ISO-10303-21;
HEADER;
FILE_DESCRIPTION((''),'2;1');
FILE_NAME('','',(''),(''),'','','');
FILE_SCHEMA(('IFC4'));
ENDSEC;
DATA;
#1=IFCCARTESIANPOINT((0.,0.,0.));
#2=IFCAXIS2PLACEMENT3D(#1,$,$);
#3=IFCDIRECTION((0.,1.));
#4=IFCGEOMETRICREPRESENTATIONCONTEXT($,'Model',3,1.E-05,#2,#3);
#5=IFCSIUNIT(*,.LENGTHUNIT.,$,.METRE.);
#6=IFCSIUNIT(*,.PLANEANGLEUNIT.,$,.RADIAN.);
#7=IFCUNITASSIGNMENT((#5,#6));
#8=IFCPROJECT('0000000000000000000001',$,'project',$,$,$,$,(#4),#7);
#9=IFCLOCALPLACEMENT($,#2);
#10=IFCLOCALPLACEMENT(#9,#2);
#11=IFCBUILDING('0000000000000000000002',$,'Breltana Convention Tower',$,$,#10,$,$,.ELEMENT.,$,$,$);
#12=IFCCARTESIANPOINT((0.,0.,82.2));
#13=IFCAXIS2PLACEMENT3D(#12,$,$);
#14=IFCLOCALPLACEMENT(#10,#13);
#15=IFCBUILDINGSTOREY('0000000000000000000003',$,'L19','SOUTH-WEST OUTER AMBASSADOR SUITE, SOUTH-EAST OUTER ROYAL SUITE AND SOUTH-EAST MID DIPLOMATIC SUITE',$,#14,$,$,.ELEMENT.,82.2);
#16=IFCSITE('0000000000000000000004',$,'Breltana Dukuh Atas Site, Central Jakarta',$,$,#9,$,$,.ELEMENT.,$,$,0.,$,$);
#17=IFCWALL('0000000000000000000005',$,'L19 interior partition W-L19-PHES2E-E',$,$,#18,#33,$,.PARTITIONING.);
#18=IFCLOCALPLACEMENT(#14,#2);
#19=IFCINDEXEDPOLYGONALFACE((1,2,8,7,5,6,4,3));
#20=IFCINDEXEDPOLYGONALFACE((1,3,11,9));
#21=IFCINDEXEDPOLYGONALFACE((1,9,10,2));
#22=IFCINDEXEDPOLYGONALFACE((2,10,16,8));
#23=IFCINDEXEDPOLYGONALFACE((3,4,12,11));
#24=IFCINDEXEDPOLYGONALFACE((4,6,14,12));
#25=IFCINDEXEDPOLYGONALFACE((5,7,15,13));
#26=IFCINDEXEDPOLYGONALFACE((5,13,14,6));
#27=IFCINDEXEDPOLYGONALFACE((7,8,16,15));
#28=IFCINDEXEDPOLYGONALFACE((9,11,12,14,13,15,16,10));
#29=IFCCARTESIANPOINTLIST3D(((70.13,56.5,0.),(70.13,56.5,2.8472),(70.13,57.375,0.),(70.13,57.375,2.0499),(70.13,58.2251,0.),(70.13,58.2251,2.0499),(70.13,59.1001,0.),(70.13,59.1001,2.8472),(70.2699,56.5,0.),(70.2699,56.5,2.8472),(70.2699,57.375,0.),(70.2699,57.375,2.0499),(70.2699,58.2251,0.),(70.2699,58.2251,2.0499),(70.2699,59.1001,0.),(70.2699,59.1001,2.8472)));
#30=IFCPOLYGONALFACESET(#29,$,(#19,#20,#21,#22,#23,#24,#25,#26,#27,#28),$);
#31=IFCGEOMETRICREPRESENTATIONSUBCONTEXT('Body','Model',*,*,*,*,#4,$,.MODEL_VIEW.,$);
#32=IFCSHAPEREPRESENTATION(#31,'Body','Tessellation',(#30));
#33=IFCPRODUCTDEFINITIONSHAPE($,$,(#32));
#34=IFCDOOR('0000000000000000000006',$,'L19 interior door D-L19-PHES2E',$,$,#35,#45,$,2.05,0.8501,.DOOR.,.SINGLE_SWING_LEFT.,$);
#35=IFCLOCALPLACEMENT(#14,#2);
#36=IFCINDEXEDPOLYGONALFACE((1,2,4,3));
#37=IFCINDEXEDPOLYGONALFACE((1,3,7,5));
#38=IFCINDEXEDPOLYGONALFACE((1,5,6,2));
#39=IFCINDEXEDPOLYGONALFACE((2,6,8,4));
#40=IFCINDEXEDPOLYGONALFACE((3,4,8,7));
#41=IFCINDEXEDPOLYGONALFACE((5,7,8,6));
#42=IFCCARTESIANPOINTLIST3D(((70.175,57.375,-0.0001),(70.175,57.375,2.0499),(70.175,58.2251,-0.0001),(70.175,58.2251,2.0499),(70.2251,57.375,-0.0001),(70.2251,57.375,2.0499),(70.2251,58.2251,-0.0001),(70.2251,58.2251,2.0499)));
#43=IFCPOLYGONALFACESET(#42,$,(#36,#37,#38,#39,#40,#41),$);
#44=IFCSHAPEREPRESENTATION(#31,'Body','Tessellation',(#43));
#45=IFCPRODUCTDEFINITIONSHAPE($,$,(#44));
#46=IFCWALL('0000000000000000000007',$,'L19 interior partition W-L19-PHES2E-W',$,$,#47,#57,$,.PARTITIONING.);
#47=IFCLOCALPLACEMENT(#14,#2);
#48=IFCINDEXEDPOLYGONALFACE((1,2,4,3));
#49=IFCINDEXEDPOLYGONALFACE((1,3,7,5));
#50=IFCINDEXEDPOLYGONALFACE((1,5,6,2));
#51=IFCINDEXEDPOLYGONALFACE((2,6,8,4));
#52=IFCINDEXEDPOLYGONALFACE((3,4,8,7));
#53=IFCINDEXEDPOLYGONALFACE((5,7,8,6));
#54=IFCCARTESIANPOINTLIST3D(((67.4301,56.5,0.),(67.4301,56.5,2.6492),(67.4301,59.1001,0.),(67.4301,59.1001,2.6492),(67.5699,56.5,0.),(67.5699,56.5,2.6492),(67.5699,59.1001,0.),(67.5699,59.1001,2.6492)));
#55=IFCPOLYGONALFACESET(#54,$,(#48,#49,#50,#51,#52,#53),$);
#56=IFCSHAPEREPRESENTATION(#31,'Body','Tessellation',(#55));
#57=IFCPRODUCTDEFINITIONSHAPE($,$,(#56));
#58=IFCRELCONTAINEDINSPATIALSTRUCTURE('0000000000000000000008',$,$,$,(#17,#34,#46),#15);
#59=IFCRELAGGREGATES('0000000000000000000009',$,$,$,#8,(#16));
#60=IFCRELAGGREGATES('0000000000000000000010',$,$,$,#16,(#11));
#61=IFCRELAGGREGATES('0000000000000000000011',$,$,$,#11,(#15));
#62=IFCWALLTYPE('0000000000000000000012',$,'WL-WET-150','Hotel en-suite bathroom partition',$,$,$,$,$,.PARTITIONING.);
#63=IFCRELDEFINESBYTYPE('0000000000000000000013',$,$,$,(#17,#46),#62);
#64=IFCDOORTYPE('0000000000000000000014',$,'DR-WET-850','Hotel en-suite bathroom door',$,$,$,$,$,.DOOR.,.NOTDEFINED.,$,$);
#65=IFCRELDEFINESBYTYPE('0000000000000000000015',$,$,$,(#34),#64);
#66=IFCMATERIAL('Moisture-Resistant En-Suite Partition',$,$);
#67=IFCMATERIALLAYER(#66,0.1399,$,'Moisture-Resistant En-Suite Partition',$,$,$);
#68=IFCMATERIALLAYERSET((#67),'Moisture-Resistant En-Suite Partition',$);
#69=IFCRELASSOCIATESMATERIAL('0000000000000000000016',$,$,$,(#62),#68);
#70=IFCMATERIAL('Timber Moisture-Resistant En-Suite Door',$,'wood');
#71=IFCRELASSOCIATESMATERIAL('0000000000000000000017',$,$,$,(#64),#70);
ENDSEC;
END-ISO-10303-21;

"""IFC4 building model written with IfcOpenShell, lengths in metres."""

from ifc_helpers import new_model, si_unit, direction, frame, frame_2d, origin, place, context, subcontext, project, spatial, rectangle, extrude, source, transform, mapped, material, layer, layer_set, type_object, type_shapes, element, fill, save


model = new_model("IFC4")

# Units and contexts
model_context = context("Model", 3, precision=1e-05, world=origin(), true_north=direction((0.0, 1.0)))
body_context = subcontext(model_context, "Body", "Model", "MODEL_VIEW")
ifc_project = project(units=[si_unit("LENGTHUNIT", "METRE"), si_unit("PLANEANGLEUNIT", "RADIAN")], contexts=[model_context])

# Site, building, storey
site_placement = place(None, origin())
site = spatial("IfcSite", under=ifc_project, at=site_placement, Name="Breltana Dukuh Atas Site, Central Jakarta", CompositionType="ELEMENT", RefElevation=0.0)
building_placement = place(site_placement, origin())
building = spatial("IfcBuilding", under=site, at=building_placement, Name="Breltana Convention Tower", CompositionType="ELEMENT")
storey_placement = place(building_placement, frame((0.0, 0.0, 82.2)))
storey = spatial("IfcBuildingStorey", under=building, at=storey_placement, Name="L19", Description="SOUTH-WEST OUTER AMBASSADOR SUITE, SOUTH-EAST OUTER ROYAL SUITE AND SOUTH-EAST MID DIPLOMATIC SUITE", CompositionType="ELEMENT", Elevation=82.2)

# Shared definitions
ifc_material_1 = material(Name="Moisture-Resistant En-Suite Partition")
ifc_layer_1 = layer(ifc_material_1, 0.1399, Name="Moisture-Resistant En-Suite Partition")
ifc_layer_set_1 = layer_set([ifc_layer_1], Name="Moisture-Resistant En-Suite Partition")
wall_type_1 = type_object("IfcWallType", Name="WL-WET-150", Description="Hotel en-suite bathroom partition", PredefinedType="PARTITIONING", material=ifc_layer_set_1)

# Shared definitions
ifc_material_2 = material(Name="Timber Moisture-Resistant En-Suite Door", Category="wood")
door_type = type_object("IfcDoorType", Name="DR-WET-850", Description="Hotel en-suite bathroom door", OperationType="NOTDEFINED", PredefinedType="DOOR", material=ifc_material_2)
shared_shape_1 = source(origin(), body_context, "Body", "SweptSolid", [
    extrude(rectangle(XDim=0.8501, YDim=2.05, at=frame_2d((0.425, 1.0249))), frame((0.0, 0.0249, 0.0), z_axis=(0.0, -1.0, 0.0), x_axis=(1.0, 0.0, 0.0)), (0.0, 0.0, 1.0), 0.05),
])
type_shapes(door_type, [shared_shape_1])

# Wall, opening, door
shared_shape_2 = source(origin(), body_context, "Body", "SweptSolid", [
    extrude(rectangle(XDim=2.6001, YDim=0.1399, at=frame_2d((1.3, 0.0))), origin(), (0.0, 0.0, 1.0), 2.8472),
])
wall_1_placement = place(storey_placement, frame((70.2, 56.5, 0.0), z_axis=(0.0, 0.0, 1.0), x_axis=(0.0, 1.0, 0.0)))
wall_1 = element("IfcWall", 1, at=wall_1_placement, inside=storey, type_object=wall_type_1, Name="L19 interior partition W-L19-PHES2E-E", PredefinedType="PARTITIONING", context=body_context, shape_type="MappedRepresentation", body=[
    mapped(shared_shape_2, transform((0.0, 0.0, 0.0), scale=1.0)),
])
opening_1_placement = place(wall_1_placement, frame((0.875, 0.0, 0.0)))
opening_1 = element("IfcOpeningElement", 2, at=opening_1_placement, cuts=wall_1, PredefinedType="OPENING", context=body_context, shape_type="SweptSolid", body=[
    extrude(rectangle(XDim=0.8501, YDim=2.05, at=frame_2d((0.425, 1.0249))), frame((0.0, 0.0801, 0.0), z_axis=(0.0, -1.0, 0.0), x_axis=(1.0, 0.0, 0.0)), (0.0, 0.0, 1.0), 0.1599),
])
door_1_placement = place(opening_1_placement, origin())
door_1 = element("IfcDoor", 3, at=door_1_placement, inside=storey, type_object=door_type, Name="L19 interior door D-L19-PHES2E", OperationType="SINGLE_SWING_LEFT", OverallHeight=2.05, OverallWidth=0.8501, PredefinedType="DOOR", context=body_context, shape_type="MappedRepresentation", body=[
    mapped(shared_shape_1, transform((0.0, 0.0, 0.0), scale=1.0)),
])
fill(opening_1, door_1)

# Wall
shared_shape_3 = source(origin(), body_context, "Body", "SweptSolid", [
    extrude(rectangle(XDim=2.6001, YDim=0.1399, at=frame_2d((1.3, 0.0))), origin(), (0.0, 0.0, 1.0), 2.6492),
])
wall_2_placement = place(storey_placement, frame((67.5, 56.5, 0.0), z_axis=(0.0, 0.0, 1.0), x_axis=(0.0, 1.0, 0.0)))
element("IfcWall", 4, at=wall_2_placement, inside=storey, type_object=wall_type_1, Name="L19 interior partition W-L19-PHES2E-W", PredefinedType="PARTITIONING", context=body_context, shape_type="MappedRepresentation", body=[
    mapped(shared_shape_3, transform((0.0, 0.0, 0.0), scale=1.0)),
])

save(model, "model.ifc")
